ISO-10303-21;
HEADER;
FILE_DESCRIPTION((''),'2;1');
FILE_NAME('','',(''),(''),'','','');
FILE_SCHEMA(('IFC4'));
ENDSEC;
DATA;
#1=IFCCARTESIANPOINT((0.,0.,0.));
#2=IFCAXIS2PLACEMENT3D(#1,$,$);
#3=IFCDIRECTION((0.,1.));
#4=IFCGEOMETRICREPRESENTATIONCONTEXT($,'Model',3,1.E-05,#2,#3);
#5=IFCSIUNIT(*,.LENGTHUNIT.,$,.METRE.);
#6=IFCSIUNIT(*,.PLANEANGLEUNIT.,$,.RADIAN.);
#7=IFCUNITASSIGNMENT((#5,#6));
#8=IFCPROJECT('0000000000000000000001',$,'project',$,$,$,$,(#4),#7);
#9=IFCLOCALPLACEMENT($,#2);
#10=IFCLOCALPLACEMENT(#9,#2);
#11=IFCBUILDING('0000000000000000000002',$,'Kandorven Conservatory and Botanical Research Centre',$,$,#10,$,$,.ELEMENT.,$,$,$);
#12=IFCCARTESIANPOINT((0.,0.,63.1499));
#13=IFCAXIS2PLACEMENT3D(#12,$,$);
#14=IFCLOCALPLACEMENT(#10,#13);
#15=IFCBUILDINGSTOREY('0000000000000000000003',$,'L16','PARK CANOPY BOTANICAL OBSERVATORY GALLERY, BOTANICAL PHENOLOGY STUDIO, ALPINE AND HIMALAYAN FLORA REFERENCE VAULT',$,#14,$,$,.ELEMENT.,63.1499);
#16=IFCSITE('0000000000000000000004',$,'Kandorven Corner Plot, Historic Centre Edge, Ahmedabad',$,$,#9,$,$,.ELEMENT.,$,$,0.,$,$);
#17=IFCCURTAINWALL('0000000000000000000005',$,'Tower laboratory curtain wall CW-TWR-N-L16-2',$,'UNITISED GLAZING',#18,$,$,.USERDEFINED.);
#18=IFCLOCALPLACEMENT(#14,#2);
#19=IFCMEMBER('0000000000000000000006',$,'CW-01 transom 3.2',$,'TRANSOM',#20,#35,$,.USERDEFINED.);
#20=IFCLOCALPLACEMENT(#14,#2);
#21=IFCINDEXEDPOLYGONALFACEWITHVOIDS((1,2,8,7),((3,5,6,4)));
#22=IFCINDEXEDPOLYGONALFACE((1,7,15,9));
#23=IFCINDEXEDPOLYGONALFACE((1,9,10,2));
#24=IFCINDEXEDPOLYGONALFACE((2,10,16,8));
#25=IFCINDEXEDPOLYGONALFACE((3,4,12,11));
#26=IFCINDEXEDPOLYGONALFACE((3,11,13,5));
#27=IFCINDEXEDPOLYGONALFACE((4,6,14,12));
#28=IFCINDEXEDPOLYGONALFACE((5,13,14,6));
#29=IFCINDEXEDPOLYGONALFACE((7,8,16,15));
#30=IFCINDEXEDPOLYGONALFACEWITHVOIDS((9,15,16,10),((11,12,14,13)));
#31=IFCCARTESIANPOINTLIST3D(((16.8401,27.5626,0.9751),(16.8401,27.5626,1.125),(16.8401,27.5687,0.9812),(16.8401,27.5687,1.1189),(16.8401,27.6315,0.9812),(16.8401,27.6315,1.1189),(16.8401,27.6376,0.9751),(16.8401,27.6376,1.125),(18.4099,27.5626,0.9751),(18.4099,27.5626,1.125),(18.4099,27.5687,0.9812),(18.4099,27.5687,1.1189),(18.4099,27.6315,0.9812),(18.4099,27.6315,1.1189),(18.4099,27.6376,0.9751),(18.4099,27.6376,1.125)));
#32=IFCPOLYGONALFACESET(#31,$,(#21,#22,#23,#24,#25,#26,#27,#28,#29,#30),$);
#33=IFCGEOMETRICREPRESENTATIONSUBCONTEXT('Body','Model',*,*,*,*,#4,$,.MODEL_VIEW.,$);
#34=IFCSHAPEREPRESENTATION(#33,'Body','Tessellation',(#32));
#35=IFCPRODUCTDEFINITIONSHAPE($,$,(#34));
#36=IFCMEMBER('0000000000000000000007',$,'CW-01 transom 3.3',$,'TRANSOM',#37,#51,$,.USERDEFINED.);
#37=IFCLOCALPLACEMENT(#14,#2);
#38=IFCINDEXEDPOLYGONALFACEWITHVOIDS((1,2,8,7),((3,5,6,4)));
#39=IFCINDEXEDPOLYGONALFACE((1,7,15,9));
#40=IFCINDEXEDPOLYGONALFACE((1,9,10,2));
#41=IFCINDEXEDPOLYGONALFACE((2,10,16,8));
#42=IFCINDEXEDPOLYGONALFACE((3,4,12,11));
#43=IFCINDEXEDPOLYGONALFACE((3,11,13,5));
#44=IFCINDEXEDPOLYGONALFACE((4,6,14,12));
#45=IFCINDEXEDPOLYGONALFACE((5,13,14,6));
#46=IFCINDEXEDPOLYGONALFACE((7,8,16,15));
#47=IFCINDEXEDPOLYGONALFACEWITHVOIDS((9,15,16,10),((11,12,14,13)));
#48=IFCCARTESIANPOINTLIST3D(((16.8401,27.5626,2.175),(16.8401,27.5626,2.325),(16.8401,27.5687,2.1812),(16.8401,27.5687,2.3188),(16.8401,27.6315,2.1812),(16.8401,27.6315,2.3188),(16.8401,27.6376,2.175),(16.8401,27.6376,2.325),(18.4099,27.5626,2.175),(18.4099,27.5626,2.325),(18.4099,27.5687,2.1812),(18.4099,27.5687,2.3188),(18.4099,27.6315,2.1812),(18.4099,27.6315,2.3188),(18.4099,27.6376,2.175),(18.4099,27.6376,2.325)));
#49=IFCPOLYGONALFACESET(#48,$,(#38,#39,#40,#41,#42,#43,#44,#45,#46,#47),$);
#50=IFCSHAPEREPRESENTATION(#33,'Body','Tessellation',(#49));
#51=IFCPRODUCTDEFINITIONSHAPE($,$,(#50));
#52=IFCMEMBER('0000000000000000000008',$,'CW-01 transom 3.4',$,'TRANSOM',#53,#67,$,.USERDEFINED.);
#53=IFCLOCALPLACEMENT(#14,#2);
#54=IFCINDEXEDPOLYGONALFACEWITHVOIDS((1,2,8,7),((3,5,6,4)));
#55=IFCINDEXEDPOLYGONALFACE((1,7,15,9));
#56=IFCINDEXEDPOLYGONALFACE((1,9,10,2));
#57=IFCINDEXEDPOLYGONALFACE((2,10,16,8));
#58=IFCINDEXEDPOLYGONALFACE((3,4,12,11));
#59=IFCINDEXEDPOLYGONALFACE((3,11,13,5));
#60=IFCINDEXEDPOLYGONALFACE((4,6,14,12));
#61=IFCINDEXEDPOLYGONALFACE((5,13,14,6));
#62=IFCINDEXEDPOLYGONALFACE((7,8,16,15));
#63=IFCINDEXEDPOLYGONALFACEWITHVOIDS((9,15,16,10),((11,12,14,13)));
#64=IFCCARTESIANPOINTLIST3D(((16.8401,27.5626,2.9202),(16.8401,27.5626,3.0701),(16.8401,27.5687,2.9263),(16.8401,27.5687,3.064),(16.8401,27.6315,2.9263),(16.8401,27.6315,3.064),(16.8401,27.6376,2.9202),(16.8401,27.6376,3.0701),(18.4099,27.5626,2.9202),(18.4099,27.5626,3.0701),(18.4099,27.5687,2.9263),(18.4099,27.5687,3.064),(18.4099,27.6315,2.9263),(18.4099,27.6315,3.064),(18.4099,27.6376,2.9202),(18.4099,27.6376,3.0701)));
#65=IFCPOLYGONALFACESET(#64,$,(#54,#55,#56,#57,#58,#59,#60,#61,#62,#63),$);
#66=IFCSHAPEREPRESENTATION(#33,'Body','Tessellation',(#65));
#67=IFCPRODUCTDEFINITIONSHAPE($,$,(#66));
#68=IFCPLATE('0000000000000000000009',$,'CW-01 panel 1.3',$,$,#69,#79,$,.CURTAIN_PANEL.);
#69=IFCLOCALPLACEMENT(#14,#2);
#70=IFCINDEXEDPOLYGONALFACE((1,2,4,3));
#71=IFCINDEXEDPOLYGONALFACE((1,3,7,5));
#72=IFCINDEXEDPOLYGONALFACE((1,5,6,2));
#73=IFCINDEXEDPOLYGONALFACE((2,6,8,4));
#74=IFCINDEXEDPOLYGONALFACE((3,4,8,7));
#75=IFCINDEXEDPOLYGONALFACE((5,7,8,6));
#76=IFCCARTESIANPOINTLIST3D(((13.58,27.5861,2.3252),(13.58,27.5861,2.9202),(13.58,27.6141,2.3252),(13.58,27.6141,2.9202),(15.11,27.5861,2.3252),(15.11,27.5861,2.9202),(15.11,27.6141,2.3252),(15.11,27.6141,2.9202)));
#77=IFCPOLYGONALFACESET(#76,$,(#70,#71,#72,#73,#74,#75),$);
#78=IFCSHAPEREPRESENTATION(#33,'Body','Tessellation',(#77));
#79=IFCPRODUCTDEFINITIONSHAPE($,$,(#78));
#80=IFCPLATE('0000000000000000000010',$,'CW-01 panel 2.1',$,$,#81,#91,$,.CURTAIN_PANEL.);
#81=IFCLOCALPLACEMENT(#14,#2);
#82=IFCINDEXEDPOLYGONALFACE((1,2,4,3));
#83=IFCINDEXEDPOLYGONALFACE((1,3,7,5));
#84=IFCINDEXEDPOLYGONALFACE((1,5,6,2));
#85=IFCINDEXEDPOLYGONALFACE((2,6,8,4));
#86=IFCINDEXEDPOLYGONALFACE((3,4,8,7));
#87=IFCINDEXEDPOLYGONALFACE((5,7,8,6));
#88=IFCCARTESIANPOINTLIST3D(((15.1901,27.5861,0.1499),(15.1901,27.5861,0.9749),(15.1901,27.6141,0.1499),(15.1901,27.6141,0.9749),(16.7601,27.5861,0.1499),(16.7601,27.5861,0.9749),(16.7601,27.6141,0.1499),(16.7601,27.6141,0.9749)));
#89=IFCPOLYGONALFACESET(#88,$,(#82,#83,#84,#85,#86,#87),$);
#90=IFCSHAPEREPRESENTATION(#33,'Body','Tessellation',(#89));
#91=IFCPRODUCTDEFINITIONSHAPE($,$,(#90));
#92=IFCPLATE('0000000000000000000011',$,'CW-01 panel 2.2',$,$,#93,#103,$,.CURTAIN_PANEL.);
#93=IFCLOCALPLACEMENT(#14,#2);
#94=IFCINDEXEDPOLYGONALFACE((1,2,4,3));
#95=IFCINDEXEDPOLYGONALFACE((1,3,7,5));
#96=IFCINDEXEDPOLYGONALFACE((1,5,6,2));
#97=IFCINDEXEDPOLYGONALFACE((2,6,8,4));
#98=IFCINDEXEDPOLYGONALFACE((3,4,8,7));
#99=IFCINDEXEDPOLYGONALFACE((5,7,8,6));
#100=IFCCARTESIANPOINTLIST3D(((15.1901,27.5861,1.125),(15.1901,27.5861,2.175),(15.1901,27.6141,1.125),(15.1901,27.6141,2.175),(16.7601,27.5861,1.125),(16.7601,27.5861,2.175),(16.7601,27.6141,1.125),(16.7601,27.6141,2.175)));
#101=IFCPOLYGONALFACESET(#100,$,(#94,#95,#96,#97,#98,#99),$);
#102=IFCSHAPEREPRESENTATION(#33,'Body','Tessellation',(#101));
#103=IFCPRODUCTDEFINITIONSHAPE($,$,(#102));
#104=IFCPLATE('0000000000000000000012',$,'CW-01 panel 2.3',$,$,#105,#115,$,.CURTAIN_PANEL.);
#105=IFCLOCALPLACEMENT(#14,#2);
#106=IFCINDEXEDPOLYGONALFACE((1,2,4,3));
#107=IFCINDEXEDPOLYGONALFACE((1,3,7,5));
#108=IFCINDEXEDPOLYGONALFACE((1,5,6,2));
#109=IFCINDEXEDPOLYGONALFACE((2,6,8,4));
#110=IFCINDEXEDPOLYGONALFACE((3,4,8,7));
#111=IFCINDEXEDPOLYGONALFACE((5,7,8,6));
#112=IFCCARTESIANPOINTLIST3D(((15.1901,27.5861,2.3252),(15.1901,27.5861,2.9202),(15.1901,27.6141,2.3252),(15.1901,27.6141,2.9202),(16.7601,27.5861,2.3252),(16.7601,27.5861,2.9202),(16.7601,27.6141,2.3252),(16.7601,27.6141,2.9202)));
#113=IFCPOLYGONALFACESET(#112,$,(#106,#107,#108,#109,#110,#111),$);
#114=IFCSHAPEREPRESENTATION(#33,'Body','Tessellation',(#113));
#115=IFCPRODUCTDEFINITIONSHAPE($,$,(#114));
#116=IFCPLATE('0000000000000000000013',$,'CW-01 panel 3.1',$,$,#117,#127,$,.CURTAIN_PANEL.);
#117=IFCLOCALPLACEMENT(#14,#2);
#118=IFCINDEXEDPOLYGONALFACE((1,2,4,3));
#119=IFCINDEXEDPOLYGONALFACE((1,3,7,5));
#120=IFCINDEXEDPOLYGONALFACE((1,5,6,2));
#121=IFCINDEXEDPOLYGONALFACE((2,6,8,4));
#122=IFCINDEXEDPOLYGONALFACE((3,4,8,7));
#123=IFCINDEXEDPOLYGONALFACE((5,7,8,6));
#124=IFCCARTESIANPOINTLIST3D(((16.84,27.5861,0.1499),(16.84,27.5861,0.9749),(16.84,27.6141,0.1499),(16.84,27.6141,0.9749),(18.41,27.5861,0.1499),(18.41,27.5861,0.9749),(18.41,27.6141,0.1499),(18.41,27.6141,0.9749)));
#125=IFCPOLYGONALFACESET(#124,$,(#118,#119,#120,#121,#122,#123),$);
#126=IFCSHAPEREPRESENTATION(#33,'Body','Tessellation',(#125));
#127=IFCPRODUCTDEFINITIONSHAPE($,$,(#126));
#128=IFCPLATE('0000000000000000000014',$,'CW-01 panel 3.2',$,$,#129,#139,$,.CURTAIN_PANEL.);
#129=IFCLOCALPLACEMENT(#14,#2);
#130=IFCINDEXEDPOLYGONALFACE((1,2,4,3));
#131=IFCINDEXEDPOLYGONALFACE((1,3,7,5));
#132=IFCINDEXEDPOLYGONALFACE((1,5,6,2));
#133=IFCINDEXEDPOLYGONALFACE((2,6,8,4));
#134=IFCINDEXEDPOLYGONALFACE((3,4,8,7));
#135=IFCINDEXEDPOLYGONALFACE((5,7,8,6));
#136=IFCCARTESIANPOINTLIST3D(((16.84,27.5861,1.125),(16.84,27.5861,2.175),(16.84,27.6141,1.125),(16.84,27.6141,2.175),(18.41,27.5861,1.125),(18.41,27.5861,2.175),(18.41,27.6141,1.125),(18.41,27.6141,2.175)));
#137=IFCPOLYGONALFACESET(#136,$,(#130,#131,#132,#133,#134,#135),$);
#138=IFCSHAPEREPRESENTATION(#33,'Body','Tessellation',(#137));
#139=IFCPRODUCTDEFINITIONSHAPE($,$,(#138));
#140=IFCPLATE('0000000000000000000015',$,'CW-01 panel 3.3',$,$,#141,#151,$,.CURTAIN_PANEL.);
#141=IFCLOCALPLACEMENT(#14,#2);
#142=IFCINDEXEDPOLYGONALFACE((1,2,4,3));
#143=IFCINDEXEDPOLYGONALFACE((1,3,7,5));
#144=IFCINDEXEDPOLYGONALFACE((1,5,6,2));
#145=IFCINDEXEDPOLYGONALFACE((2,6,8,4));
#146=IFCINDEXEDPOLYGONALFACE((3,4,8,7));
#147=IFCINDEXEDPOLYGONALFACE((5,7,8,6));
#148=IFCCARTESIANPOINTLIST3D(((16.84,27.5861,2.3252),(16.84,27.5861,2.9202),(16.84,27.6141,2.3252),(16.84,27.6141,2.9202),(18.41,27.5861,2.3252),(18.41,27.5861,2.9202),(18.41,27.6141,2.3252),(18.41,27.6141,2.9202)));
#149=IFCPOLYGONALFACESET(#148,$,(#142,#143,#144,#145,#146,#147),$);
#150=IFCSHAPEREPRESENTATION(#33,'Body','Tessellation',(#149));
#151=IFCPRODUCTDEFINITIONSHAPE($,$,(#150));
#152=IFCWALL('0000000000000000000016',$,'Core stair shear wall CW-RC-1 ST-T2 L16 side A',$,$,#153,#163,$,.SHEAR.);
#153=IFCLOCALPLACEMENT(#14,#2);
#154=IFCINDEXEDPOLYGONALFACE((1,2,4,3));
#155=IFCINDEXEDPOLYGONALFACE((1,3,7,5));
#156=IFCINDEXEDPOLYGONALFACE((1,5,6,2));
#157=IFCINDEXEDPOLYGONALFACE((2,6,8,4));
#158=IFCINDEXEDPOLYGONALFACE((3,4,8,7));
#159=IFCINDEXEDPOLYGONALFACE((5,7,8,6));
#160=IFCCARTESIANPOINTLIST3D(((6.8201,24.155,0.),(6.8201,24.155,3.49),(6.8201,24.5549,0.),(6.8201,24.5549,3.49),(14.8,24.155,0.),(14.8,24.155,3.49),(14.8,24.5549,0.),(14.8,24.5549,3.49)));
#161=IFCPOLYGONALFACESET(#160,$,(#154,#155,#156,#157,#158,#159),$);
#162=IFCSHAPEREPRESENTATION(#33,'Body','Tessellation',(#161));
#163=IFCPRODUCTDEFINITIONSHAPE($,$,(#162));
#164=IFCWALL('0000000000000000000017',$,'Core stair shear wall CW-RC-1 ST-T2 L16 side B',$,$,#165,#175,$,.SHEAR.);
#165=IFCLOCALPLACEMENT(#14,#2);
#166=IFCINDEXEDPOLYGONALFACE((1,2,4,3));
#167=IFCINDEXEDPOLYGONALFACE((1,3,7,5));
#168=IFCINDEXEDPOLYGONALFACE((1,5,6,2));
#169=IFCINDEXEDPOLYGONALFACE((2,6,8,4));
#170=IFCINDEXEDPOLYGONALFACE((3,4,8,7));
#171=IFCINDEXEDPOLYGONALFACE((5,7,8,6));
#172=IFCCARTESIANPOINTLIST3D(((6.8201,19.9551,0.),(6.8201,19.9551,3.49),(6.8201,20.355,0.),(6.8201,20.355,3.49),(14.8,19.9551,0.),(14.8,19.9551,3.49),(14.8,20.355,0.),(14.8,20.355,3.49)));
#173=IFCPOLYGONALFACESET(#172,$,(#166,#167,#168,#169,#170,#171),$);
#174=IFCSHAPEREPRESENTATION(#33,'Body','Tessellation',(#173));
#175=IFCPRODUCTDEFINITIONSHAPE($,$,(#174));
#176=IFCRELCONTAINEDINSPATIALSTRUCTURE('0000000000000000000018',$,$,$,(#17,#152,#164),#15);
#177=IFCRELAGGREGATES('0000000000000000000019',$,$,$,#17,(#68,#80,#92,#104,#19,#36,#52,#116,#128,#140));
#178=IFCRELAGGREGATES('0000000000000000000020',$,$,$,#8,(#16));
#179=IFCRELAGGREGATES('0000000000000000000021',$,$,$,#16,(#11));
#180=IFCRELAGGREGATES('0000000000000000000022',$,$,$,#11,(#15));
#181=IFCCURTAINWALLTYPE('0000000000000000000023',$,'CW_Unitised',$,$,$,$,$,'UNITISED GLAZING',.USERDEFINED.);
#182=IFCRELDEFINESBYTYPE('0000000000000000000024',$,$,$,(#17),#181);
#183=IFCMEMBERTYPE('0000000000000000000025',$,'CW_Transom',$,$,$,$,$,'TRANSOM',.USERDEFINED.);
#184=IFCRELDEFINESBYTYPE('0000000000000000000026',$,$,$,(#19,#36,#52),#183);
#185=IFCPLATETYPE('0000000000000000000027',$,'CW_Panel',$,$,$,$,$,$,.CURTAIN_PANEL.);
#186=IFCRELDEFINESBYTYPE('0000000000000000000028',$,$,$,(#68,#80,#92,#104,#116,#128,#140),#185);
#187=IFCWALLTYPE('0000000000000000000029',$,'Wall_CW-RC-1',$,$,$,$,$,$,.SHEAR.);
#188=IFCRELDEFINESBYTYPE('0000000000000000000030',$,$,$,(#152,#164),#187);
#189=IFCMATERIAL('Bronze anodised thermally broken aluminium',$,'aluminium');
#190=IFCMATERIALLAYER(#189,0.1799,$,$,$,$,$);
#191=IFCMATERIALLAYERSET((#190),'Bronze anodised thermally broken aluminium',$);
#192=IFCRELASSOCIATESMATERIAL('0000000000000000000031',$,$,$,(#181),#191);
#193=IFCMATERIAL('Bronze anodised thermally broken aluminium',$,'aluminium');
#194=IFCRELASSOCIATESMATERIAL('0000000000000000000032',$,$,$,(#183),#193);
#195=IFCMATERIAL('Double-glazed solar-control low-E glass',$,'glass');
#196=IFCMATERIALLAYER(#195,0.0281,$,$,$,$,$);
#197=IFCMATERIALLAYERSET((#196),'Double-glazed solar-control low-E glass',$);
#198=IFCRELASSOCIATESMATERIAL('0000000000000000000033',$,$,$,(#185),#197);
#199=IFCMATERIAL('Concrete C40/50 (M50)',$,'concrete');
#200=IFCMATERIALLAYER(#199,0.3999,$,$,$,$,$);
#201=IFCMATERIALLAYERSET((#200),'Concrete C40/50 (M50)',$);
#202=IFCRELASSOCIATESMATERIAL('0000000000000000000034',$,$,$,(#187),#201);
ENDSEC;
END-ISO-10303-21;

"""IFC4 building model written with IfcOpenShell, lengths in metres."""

from ifc_helpers import new_model, si_unit, direction, frame, frame_2d, origin, origin_2d, place, context, subcontext, project, spatial, rectangle, hollow_rectangle, extrude, material, layer, layer_set, material_profile, profile_set, type_object, element, aggregate, save


model = new_model("IFC4")

# Units and contexts
model_context = context("Model", 3, precision=1e-05, world=origin(), true_north=direction((0.0, 1.0)))
body_context = subcontext(model_context, "Body", "Model", "MODEL_VIEW")
ifc_project = project(units=[si_unit("LENGTHUNIT", "METRE"), si_unit("PLANEANGLEUNIT", "RADIAN")], contexts=[model_context])

# Site, building, storey
site_placement = place(None, origin())
site = spatial("IfcSite", under=ifc_project, at=site_placement, Name="Kandorven Corner Plot, Historic Centre Edge, Ahmedabad", CompositionType="ELEMENT", RefElevation=0.0)
building_placement = place(site_placement, origin())
building = spatial("IfcBuilding", under=site, at=building_placement, Name="Kandorven Conservatory and Botanical Research Centre", CompositionType="ELEMENT")
storey_placement = place(building_placement, frame((0.0, 0.0, 63.1499)))
storey = spatial("IfcBuildingStorey", under=building, at=storey_placement, Name="L16", Description="PARK CANOPY BOTANICAL OBSERVATORY GALLERY, BOTANICAL PHENOLOGY STUDIO, ALPINE AND HIMALAYAN FLORA REFERENCE VAULT", CompositionType="ELEMENT", Elevation=63.1499)

# Curtain wall, members, plates
ifc_material_1 = material(Name="Bronze anodised thermally broken aluminium", Category="aluminium")
ifc_layer_1 = layer(ifc_material_1, 0.1799)
ifc_layer_set_1 = layer_set([ifc_layer_1], Name="Bronze anodised thermally broken aluminium")
curtain_wall_type = type_object("IfcCurtainWallType", Name="CW_Unitised", ElementType="UNITISED GLAZING", PredefinedType="USERDEFINED", material=ifc_layer_set_1)
curtain_wall_placement = place(storey_placement, origin())
curtain_wall = element("IfcCurtainWall", 1, at=curtain_wall_placement, inside=storey, type_object=curtain_wall_type, Name="Tower laboratory curtain wall CW-TWR-N-L16-2", ObjectType="UNITISED GLAZING", PredefinedType="USERDEFINED")
ifc_material_2 = material(Name="Bronze anodised thermally broken aluminium", Category="aluminium")
ifc_material_profile_1 = material_profile(ifc_material_2, hollow_rectangle(XDim=0.075, YDim=0.1499, WallThickness=0.0061, at=origin_2d()))
ifc_profile_set_1 = profile_set([ifc_material_profile_1], Name="Bronze anodised thermally broken aluminium")
member_type_1 = type_object("IfcMemberType", Name="CW_Transom", ElementType="TRANSOM", PredefinedType="USERDEFINED", material=ifc_profile_set_1)
member_1_placement = place(storey_placement, frame((16.8401, 27.6001, 1.05), z_axis=(1.0, 0.0, 0.0), x_axis=(0.0, 1.0, 0.0)))
member_1 = element("IfcMember", 2, at=member_1_placement, type_object=member_type_1, Name="CW-01 transom 3.2", ObjectType="TRANSOM", PredefinedType="USERDEFINED", context=body_context, shape_type="SweptSolid", body=[
    extrude(hollow_rectangle(XDim=0.075, YDim=0.1499, WallThickness=0.0061, at=origin_2d()), origin(), (0.0, 0.0, 1.0), 1.5698),
])
member_2_placement = place(storey_placement, frame((16.8401, 27.6001, 2.25), z_axis=(1.0, 0.0, 0.0), x_axis=(0.0, 1.0, 0.0)))
member_2 = element("IfcMember", 3, at=member_2_placement, type_object=member_type_1, Name="CW-01 transom 3.3", ObjectType="TRANSOM", PredefinedType="USERDEFINED", context=body_context, shape_type="SweptSolid", body=[
    extrude(hollow_rectangle(XDim=0.075, YDim=0.1499, WallThickness=0.0061, at=origin_2d()), origin(), (0.0, 0.0, 1.0), 1.5698),
])
member_3_placement = place(storey_placement, frame((16.8401, 27.6001, 2.9951), z_axis=(1.0, 0.0, 0.0), x_axis=(0.0, 1.0, 0.0)))
member_3 = element("IfcMember", 4, at=member_3_placement, type_object=member_type_1, Name="CW-01 transom 3.4", ObjectType="TRANSOM", PredefinedType="USERDEFINED", context=body_context, shape_type="SweptSolid", body=[
    extrude(hollow_rectangle(XDim=0.075, YDim=0.1499, WallThickness=0.0061, at=origin_2d()), origin(), (0.0, 0.0, 1.0), 1.5698),
])
ifc_material_3 = material(Name="Double-glazed solar-control low-E glass", Category="glass")
ifc_layer_2 = layer(ifc_material_3, 0.0281)
ifc_layer_set_2 = layer_set([ifc_layer_2], Name="Double-glazed solar-control low-E glass")
plate_type = type_object("IfcPlateType", Name="CW_Panel", PredefinedType="CURTAIN_PANEL", material=ifc_layer_set_2)
plate_1_placement = place(storey_placement, frame((14.345, 27.6001, 2.3252), z_axis=(0.0, 0.0, 1.0), x_axis=(1.0, 0.0, 0.0)))
plate_1 = element("IfcPlate", 5, at=plate_1_placement, type_object=plate_type, Name="CW-01 panel 1.3", PredefinedType="CURTAIN_PANEL", context=body_context, shape_type="SweptSolid", body=[
    extrude(rectangle(XDim=1.53, YDim=0.0281, at=origin_2d()), origin(), (0.0, 0.0, 1.0), 0.595),
])
plate_2_placement = place(storey_placement, frame((15.9751, 27.6001, 0.1499), z_axis=(0.0, 0.0, 1.0), x_axis=(1.0, 0.0, 0.0)))
plate_2 = element("IfcPlate", 6, at=plate_2_placement, type_object=plate_type, Name="CW-01 panel 2.1", PredefinedType="CURTAIN_PANEL", context=body_context, shape_type="SweptSolid", body=[
    extrude(rectangle(XDim=1.5701, YDim=0.0281, at=origin_2d()), origin(), (0.0, 0.0, 1.0), 0.825),
])
plate_3_placement = place(storey_placement, frame((15.9751, 27.6001, 1.125), z_axis=(0.0, 0.0, 1.0), x_axis=(1.0, 0.0, 0.0)))
plate_3 = element("IfcPlate", 7, at=plate_3_placement, type_object=plate_type, Name="CW-01 panel 2.2", PredefinedType="CURTAIN_PANEL", context=body_context, shape_type="SweptSolid", body=[
    extrude(rectangle(XDim=1.5701, YDim=0.0281, at=origin_2d()), origin(), (0.0, 0.0, 1.0), 1.05),
])
plate_4_placement = place(storey_placement, frame((15.9751, 27.6001, 2.3252), z_axis=(0.0, 0.0, 1.0), x_axis=(1.0, 0.0, 0.0)))
plate_4 = element("IfcPlate", 8, at=plate_4_placement, type_object=plate_type, Name="CW-01 panel 2.3", PredefinedType="CURTAIN_PANEL", context=body_context, shape_type="SweptSolid", body=[
    extrude(rectangle(XDim=1.5701, YDim=0.0281, at=origin_2d()), origin(), (0.0, 0.0, 1.0), 0.595),
])
plate_5_placement = place(storey_placement, frame((17.625, 27.6001, 0.1499), z_axis=(0.0, 0.0, 1.0), x_axis=(1.0, 0.0, 0.0)))
plate_5 = element("IfcPlate", 9, at=plate_5_placement, type_object=plate_type, Name="CW-01 panel 3.1", PredefinedType="CURTAIN_PANEL", context=body_context, shape_type="SweptSolid", body=[
    extrude(rectangle(XDim=1.5701, YDim=0.0281, at=origin_2d()), origin(), (0.0, 0.0, 1.0), 0.825),
])
plate_6_placement = place(storey_placement, frame((17.625, 27.6001, 1.125), z_axis=(0.0, 0.0, 1.0), x_axis=(1.0, 0.0, 0.0)))
plate_6 = element("IfcPlate", 10, at=plate_6_placement, type_object=plate_type, Name="CW-01 panel 3.2", PredefinedType="CURTAIN_PANEL", context=body_context, shape_type="SweptSolid", body=[
    extrude(rectangle(XDim=1.5701, YDim=0.0281, at=origin_2d()), origin(), (0.0, 0.0, 1.0), 1.05),
])
plate_7_placement = place(storey_placement, frame((17.625, 27.6001, 2.3252), z_axis=(0.0, 0.0, 1.0), x_axis=(1.0, 0.0, 0.0)))
plate_7 = element("IfcPlate", 11, at=plate_7_placement, type_object=plate_type, Name="CW-01 panel 3.3", PredefinedType="CURTAIN_PANEL", context=body_context, shape_type="SweptSolid", body=[
    extrude(rectangle(XDim=1.5701, YDim=0.0281, at=origin_2d()), origin(), (0.0, 0.0, 1.0), 0.595),
])
aggregate(curtain_wall, [plate_1, plate_2, plate_3, plate_4, member_1, member_2, member_3, plate_5, plate_6, plate_7])

# Walls
ifc_material_4 = material(Name="Concrete C40/50 (M50)", Category="concrete")
ifc_layer_3 = layer(ifc_material_4, 0.3999)
ifc_layer_set_3 = layer_set([ifc_layer_3], Name="Concrete C40/50 (M50)")
wall_type_1 = type_object("IfcWallType", Name="Wall_CW-RC-1", PredefinedType="SHEAR", material=ifc_layer_set_3)
for number, where, z_axis, x_axis, name in (
    (12, (14.8, 24.355, 0.0), (0.0, 0.0, 1.0), (-1.0, 0.0, 0.0), "Core stair shear wall CW-RC-1 ST-T2 L16 side A"),
    (13, (14.8, 20.155, 0.0), (0.0, 0.0, 1.0), (-1.0, 0.0, 0.0), "Core stair shear wall CW-RC-1 ST-T2 L16 side B"),
):
    element("IfcWall", number, at=place(storey_placement, frame(where, z_axis=z_axis, x_axis=x_axis)), inside=storey, type_object=wall_type_1, Name=name, PredefinedType="SHEAR", context=body_context, shape_type="SweptSolid", body=[
        extrude(rectangle(XDim=7.98, YDim=0.3999, at=frame_2d((3.99, 0.0))), origin(), (0.0, 0.0, 1.0), 3.49),
    ])

save(model, "model.ifc")
